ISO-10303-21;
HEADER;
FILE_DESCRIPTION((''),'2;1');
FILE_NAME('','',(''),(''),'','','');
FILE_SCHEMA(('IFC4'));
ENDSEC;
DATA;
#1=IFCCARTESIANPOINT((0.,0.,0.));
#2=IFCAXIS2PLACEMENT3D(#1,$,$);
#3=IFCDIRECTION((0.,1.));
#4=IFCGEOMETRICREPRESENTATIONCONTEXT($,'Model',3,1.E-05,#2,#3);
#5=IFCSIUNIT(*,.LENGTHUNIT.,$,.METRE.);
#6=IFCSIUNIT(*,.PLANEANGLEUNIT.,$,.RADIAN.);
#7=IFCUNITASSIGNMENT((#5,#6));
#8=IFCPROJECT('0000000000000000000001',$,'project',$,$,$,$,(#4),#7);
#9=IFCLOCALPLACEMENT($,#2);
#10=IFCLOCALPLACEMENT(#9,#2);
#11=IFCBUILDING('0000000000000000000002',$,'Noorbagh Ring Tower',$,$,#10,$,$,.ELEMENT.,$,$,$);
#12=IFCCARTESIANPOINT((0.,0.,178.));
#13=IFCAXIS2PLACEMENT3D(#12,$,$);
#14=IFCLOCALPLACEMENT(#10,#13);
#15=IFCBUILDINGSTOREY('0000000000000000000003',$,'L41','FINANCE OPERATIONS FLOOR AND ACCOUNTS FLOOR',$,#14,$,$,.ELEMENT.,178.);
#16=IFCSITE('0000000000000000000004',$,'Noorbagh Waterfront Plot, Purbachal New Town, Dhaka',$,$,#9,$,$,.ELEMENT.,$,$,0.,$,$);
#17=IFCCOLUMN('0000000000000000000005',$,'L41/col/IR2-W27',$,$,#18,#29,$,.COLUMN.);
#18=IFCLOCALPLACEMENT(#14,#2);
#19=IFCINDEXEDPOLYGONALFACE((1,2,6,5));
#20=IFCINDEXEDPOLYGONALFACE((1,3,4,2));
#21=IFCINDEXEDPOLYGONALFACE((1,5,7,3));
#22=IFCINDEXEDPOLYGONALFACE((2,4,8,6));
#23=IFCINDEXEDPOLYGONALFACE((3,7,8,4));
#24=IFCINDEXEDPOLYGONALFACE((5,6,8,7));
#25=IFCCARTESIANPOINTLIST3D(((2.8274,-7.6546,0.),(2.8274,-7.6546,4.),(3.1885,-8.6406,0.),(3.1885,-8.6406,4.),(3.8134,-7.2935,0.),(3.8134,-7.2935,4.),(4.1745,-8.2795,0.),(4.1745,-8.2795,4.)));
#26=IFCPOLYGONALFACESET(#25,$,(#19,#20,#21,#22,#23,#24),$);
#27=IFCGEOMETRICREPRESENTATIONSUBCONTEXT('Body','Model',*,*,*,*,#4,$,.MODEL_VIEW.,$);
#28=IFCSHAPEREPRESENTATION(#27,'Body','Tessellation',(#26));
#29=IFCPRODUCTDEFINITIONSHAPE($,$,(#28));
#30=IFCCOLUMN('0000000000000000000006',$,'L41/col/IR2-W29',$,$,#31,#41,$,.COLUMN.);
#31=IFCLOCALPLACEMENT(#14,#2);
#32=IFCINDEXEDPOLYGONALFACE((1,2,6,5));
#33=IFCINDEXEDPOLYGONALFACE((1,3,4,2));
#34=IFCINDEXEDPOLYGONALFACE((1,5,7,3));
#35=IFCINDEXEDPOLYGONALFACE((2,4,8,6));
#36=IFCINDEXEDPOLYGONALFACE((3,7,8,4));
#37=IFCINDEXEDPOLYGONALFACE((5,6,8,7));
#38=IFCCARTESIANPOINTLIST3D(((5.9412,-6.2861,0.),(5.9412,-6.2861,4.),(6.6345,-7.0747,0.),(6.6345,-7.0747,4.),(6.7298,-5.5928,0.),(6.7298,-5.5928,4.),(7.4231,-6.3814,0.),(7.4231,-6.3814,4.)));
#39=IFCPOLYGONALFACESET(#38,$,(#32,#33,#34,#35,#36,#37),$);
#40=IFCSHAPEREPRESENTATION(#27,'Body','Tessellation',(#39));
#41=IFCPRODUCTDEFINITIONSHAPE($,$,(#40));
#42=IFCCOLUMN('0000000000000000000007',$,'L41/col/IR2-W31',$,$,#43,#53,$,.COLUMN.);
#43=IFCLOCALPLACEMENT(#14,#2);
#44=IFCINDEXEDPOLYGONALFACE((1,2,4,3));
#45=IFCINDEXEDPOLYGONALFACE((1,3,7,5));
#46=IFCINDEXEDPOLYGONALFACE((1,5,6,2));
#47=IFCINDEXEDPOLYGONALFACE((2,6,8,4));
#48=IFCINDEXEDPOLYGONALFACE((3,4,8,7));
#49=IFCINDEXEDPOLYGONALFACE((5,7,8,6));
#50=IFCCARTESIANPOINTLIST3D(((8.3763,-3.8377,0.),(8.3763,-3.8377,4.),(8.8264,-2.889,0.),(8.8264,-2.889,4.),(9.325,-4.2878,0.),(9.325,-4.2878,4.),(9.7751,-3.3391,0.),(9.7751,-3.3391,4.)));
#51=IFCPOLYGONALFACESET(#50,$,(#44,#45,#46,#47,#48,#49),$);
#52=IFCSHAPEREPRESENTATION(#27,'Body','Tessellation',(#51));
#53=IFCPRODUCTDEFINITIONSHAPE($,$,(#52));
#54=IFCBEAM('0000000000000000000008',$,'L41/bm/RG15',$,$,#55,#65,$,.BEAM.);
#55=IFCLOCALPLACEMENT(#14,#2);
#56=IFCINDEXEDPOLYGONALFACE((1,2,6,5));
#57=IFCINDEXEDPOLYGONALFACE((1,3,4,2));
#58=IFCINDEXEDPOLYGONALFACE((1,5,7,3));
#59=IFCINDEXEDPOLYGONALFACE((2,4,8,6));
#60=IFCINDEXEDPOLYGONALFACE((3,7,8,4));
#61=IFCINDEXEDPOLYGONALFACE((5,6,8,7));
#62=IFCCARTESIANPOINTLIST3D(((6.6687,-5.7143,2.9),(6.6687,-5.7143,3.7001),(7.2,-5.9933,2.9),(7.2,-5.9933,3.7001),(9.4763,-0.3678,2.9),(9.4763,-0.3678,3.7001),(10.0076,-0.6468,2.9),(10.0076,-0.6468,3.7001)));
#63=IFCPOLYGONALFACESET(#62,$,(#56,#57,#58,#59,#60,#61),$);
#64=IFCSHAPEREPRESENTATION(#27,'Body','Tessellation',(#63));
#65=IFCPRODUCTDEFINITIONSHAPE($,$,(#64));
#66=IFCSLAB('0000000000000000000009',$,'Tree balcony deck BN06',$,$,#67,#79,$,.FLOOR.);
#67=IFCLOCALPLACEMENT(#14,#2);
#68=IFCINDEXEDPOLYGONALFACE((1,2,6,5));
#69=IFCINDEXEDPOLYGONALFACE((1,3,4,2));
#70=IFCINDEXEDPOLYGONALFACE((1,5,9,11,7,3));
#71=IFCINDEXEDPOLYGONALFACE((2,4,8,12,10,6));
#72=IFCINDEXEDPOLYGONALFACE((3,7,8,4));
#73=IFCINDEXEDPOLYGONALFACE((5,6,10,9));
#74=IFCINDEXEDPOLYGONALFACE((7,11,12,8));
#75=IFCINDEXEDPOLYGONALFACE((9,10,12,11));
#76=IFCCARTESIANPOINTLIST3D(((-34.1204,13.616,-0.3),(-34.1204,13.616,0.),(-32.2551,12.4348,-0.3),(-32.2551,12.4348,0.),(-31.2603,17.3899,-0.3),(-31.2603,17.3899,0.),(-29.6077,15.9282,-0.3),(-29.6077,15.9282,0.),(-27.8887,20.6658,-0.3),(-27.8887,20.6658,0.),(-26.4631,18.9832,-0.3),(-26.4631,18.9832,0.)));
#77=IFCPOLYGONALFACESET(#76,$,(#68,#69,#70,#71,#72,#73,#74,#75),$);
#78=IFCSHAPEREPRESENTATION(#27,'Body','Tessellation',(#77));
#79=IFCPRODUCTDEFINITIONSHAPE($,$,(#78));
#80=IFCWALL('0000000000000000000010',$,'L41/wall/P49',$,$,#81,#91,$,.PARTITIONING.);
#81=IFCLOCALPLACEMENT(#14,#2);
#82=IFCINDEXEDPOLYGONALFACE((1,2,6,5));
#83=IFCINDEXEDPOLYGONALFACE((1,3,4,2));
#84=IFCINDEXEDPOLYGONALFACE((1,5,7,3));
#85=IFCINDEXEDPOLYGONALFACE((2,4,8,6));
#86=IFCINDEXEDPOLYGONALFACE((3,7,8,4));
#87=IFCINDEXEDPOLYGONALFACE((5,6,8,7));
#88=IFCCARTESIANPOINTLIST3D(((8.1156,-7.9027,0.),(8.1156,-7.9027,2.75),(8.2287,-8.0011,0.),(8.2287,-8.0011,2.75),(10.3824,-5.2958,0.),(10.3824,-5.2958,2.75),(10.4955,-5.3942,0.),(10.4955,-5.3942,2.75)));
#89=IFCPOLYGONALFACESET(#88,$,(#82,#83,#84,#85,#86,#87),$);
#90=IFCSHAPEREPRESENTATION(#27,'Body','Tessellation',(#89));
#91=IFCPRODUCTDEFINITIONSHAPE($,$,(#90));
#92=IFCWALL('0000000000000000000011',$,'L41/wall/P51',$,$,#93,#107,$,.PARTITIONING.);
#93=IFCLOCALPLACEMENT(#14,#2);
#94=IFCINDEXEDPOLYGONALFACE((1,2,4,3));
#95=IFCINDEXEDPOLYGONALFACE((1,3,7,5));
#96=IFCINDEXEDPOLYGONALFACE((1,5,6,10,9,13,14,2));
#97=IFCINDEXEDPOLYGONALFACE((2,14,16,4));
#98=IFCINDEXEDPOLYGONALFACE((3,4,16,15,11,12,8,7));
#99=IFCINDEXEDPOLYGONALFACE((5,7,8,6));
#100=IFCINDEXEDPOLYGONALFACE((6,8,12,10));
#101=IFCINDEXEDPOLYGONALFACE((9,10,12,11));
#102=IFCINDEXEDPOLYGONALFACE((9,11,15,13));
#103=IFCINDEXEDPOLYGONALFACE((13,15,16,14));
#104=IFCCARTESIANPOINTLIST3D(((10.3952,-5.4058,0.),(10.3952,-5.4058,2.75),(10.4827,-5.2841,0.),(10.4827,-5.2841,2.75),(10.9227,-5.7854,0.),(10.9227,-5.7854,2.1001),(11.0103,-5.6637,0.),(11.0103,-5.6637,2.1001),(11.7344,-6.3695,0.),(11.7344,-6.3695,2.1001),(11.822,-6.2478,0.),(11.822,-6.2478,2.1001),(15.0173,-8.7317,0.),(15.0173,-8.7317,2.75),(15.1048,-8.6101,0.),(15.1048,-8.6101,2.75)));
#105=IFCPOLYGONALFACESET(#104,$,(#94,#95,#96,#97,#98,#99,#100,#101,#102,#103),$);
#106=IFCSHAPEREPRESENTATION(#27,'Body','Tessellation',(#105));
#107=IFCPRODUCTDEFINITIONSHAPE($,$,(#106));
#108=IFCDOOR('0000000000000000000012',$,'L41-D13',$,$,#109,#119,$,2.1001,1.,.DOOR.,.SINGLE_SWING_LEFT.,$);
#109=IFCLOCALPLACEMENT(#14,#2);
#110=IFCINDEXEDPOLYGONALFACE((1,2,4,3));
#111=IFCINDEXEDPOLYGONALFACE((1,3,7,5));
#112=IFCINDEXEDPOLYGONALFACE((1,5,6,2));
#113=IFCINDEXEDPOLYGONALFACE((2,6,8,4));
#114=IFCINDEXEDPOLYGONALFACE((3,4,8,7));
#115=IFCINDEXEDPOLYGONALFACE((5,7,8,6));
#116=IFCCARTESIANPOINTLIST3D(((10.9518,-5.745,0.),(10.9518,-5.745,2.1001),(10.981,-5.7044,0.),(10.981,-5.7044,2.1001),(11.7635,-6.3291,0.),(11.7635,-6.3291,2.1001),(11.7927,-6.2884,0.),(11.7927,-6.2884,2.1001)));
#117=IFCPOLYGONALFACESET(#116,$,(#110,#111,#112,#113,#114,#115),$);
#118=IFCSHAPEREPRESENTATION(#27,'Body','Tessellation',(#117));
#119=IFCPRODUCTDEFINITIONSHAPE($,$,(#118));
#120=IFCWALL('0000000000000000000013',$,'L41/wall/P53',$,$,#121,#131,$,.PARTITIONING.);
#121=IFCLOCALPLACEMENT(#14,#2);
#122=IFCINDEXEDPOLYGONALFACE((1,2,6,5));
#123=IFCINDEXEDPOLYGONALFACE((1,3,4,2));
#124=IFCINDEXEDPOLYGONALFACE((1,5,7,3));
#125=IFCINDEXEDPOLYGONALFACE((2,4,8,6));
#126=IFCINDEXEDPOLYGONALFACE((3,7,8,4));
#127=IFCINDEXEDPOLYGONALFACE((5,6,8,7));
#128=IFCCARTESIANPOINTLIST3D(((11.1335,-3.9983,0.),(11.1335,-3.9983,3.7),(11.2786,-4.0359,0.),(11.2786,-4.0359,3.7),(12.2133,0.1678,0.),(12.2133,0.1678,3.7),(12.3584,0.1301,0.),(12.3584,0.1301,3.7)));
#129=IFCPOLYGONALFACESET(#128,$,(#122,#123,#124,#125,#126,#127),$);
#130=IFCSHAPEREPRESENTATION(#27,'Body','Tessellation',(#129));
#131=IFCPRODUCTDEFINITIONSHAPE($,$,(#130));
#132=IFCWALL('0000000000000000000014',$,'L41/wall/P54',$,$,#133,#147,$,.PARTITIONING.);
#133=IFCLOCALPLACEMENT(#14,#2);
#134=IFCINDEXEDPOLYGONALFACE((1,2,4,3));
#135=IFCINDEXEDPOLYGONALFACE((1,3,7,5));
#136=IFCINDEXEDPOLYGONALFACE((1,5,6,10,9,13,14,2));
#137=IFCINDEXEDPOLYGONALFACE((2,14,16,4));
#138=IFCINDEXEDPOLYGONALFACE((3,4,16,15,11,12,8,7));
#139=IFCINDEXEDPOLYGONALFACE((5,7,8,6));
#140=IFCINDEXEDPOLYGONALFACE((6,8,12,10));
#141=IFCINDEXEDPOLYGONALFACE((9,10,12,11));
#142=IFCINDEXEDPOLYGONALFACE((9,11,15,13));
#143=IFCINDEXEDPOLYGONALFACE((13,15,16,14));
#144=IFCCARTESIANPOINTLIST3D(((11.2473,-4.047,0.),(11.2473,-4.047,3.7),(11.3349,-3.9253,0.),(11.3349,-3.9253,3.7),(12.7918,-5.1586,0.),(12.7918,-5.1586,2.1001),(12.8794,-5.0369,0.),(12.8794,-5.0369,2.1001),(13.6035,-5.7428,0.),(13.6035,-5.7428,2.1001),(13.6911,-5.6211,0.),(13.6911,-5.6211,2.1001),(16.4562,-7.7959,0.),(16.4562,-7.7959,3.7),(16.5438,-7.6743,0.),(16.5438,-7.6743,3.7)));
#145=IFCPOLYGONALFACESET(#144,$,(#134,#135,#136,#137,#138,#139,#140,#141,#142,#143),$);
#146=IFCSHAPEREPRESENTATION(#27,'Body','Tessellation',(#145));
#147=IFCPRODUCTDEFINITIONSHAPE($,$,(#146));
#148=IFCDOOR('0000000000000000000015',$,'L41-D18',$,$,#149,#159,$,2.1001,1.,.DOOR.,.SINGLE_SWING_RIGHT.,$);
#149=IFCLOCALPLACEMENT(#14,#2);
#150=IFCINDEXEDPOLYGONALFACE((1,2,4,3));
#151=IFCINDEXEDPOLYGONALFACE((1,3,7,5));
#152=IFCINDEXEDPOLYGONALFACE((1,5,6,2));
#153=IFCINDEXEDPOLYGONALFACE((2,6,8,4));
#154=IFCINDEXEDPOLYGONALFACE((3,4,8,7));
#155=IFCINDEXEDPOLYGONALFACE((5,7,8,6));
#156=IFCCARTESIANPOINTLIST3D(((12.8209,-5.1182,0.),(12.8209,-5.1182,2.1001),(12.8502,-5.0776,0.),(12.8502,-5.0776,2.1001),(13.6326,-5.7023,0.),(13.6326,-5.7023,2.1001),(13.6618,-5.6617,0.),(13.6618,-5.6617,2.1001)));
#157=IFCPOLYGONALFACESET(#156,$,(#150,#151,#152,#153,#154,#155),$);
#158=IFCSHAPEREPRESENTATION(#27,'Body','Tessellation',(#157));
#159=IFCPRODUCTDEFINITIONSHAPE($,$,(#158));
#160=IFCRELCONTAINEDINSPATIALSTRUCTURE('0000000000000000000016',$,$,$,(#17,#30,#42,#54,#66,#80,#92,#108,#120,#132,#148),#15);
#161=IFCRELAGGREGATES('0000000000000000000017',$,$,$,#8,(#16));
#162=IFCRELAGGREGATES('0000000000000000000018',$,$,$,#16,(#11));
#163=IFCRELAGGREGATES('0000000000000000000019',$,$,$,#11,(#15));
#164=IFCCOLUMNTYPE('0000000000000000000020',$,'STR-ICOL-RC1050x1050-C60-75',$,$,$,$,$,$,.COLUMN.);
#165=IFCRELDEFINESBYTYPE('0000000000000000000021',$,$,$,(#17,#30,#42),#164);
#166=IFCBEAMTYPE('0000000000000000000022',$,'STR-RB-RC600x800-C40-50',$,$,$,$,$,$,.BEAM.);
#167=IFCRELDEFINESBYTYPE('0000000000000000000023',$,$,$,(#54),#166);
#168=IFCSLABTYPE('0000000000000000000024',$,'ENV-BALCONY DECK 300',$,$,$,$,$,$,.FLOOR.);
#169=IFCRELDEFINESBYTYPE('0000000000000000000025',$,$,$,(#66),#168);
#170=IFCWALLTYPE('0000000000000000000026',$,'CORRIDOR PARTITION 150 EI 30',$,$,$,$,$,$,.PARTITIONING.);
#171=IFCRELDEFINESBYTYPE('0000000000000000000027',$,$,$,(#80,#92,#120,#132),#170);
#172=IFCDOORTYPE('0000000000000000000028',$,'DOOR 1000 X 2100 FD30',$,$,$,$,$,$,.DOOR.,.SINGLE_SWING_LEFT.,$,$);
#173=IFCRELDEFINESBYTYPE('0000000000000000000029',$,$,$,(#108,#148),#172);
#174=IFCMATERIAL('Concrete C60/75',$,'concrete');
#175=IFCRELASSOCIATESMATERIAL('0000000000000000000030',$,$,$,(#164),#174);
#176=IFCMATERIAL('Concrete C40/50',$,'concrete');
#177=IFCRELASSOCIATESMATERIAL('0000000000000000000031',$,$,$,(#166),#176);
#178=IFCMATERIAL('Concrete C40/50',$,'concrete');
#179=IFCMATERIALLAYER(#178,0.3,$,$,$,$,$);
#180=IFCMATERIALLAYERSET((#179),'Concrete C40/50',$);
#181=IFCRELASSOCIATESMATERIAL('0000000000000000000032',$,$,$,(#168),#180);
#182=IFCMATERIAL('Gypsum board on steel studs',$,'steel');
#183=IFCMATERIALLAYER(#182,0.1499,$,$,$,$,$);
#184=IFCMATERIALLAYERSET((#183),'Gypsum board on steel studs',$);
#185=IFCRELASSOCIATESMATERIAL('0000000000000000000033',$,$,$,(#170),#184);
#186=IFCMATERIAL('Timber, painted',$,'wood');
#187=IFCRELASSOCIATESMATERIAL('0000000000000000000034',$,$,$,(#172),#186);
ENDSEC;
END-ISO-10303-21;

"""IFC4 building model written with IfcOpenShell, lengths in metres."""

from ifc_helpers import new_model, si_unit, direction, frame, frame_2d, origin, origin_2d, place, context, subcontext, project, spatial, polyline, rectangle, outline, extrude, material, layer, layer_set, material_profile, profile_set, type_object, element, fill, save


model = new_model("IFC4")

# Units and contexts
model_context = context("Model", 3, precision=1e-05, world=origin(), true_north=direction((0.0, 1.0)))
body_context = subcontext(model_context, "Body", "Model", "MODEL_VIEW")
ifc_project = project(units=[si_unit("LENGTHUNIT", "METRE"), si_unit("PLANEANGLEUNIT", "RADIAN")], contexts=[model_context])

# Site, building, storey
site_placement = place(None, origin())
site = spatial("IfcSite", under=ifc_project, at=site_placement, Name="Noorbagh Waterfront Plot, Purbachal New Town, Dhaka", CompositionType="ELEMENT", RefElevation=0.0)
building_placement = place(site_placement, origin())
building = spatial("IfcBuilding", under=site, at=building_placement, Name="Noorbagh Ring Tower", CompositionType="ELEMENT")
storey_placement = place(building_placement, frame((0.0, 0.0, 178.0)))
storey = spatial("IfcBuildingStorey", under=building, at=storey_placement, Name="L41", Description="FINANCE OPERATIONS FLOOR AND ACCOUNTS FLOOR", CompositionType="ELEMENT", Elevation=178.0)

# Columns
ifc_material_1 = material(Name="Concrete C60/75", Category="concrete")
ifc_material_profile_1 = material_profile(ifc_material_1, rectangle(XDim=1.05, YDim=1.05, at=origin_2d()), Name="RC1050x1050")
ifc_profile_set_1 = profile_set([ifc_material_profile_1], Name="Concrete C60/75")
column_type = type_object("IfcColumnType", Name="STR-ICOL-RC1050x1050-C60-75", PredefinedType="COLUMN", material=ifc_profile_set_1)
for number, where, z_axis, x_axis, name in (
    (1, (3.501, -7.967, 0.0), (0.0, 0.0, 1.0), (0.93902, 0.343864, 0.0), "L41/col/IR2-W27"),
    (2, (6.6821, -6.3337, 0.0), (0.0, 0.0, 1.0), (0.751022, 0.660277, 0.0), "L41/col/IR2-W29"),
    (3, (9.0757, -3.5884, 0.0), (0.0, 0.0, 1.0), (0.428667, 0.903463, 0.0), "L41/col/IR2-W31"),
):
    element("IfcColumn", number, at=place(storey_placement, frame(where, z_axis=z_axis, x_axis=x_axis)), inside=storey, type_object=column_type, Name=name, PredefinedType="COLUMN", context=body_context, shape_type="SweptSolid", body=[
        extrude(rectangle(XDim=1.05, YDim=1.05, at=origin_2d()), origin(), (0.0, 0.0, 1.0), 4.0),
    ])

# Beam
ifc_material_2 = material(Name="Concrete C40/50", Category="concrete")
ifc_material_profile_2 = material_profile(ifc_material_2, rectangle(XDim=0.6001, YDim=0.8, at=origin_2d()), Name="RC600x800")
ifc_profile_set_2 = profile_set([ifc_material_profile_2], Name="Concrete C40/50")
beam_type = type_object("IfcBeamType", Name="STR-RB-RC600x800-C40-50", PredefinedType="BEAM", material=ifc_profile_set_2)
beam_placement = place(storey_placement, frame((6.9343, -5.8538, 3.3), z_axis=(0.46493, 0.885348, 0.0), x_axis=(-0.885348, 0.46493, 0.0)))
element("IfcBeam", 4, at=beam_placement, inside=storey, type_object=beam_type, Name="L41/bm/RG15", PredefinedType="BEAM", context=body_context, shape_type="SweptSolid", body=[
    extrude(rectangle(XDim=0.6001, YDim=0.8, at=origin_2d()), origin(), (0.0, 0.0, 1.0), 6.0388),
])

# Slab
ifc_material_3 = material(Name="Concrete C40/50", Category="concrete")
ifc_layer_1 = layer(ifc_material_3, 0.3)
ifc_layer_set_1 = layer_set([ifc_layer_1], Name="Concrete C40/50")
slab_type = type_object("IfcSlabType", Name="ENV-BALCONY DECK 300", PredefinedType="FLOOR", material=ifc_layer_set_1)
slab_placement = place(storey_placement, frame((0.0, 0.0, -0.3)))
element("IfcSlab", 5, at=slab_placement, inside=storey, type_object=slab_type, Name="Tree balcony deck BN06", PredefinedType="FLOOR", context=body_context, shape_type="SweptSolid", body=[
    extrude(outline(polyline([(-27.8887, 20.6658), (-31.2603, 17.3899), (-34.1204, 13.616), (-32.2551, 12.4348), (-29.6077, 15.9282), (-26.4631, 18.9832), (-27.8887, 20.6658)])), origin(), (0.0, 0.0, 1.0), 0.3),
])

# Wall
ifc_material_4 = material(Name="Gypsum board on steel studs", Category="steel")
ifc_layer_2 = layer(ifc_material_4, 0.1499)
ifc_layer_set_2 = layer_set([ifc_layer_2], Name="Gypsum board on steel studs")
wall_type = type_object("IfcWallType", Name="CORRIDOR PARTITION 150 EI 30", PredefinedType="PARTITIONING", material=ifc_layer_set_2)
wall_1_placement = place(storey_placement, frame((8.1721, -7.9519, 0.0), z_axis=(0.0, 0.0, 1.0), x_axis=(0.65617, 0.754613, 0.0)))
element("IfcWall", 6, at=wall_1_placement, inside=storey, type_object=wall_type, Name="L41/wall/P49", PredefinedType="PARTITIONING", context=body_context, shape_type="SweptSolid", body=[
    extrude(rectangle(XDim=3.4546, YDim=0.1499, at=frame_2d((1.7273, 0.0))), origin(), (0.0, 0.0, 1.0), 2.75),
])

# Wall, opening, door
wall_2_placement = place(storey_placement, frame((10.439, -5.345, 0.0), z_axis=(0.0, 0.0, 1.0), x_axis=(0.811698, -0.584078, 0.0)))
wall_2 = element("IfcWall", 7, at=wall_2_placement, inside=storey, type_object=wall_type, Name="L41/wall/P51", PredefinedType="PARTITIONING", context=body_context, shape_type="SweptSolid", body=[
    extrude(rectangle(XDim=5.6943, YDim=0.1499, at=frame_2d((2.8472, 0.0))), origin(), (0.0, 0.0, 1.0), 2.75),
])
opening_1_placement = place(wall_2_placement, frame((0.6499, 0.0, 0.0)))
opening_1 = element("IfcOpeningElement", 8, at=opening_1_placement, cuts=wall_2, PredefinedType="OPENING", context=body_context, shape_type="SweptSolid", body=[
    extrude(rectangle(XDim=1.0, YDim=2.1001, at=frame_2d((0.5, 1.05))), frame((0.0, 0.085, 0.0), z_axis=(0.0, -1.0, 0.0), x_axis=(1.0, 0.0, 0.0)), (0.0, 0.0, 1.0), 0.1699),
])
ifc_material_5 = material(Name="Timber, painted", Category="wood")
door_type = type_object("IfcDoorType", Name="DOOR 1000 X 2100 FD30", OperationType="SINGLE_SWING_LEFT", PredefinedType="DOOR", material=ifc_material_5)
door_1_placement = place(opening_1_placement, origin())
door_1 = element("IfcDoor", 9, at=door_1_placement, inside=storey, type_object=door_type, Name="L41-D13", OperationType="SINGLE_SWING_LEFT", OverallHeight=2.1001, OverallWidth=1.0, PredefinedType="DOOR", context=body_context, shape_type="SweptSolid", body=[
    extrude(rectangle(XDim=1.0, YDim=2.1001, at=frame_2d((0.5, 1.05))), frame((0.0, 0.0249, 0.0), z_axis=(0.0, -1.0, 0.0), x_axis=(1.0, 0.0, 0.0)), (0.0, 0.0, 1.0), 0.05),
])
fill(opening_1, door_1)

# Wall
wall_3_placement = place(storey_placement, frame((11.2061, -4.0171, 0.0), z_axis=(0.0, 0.0, 1.0), x_axis=(0.250909, 0.968011, 0.0)))
element("IfcWall", 10, at=wall_3_placement, inside=storey, type_object=wall_type, Name="L41/wall/P53", PredefinedType="PARTITIONING", context=body_context, shape_type="SweptSolid", body=[
    extrude(rectangle(XDim=4.3037, YDim=0.1499, at=frame_2d((2.1519, 0.0))), origin(), (0.0, 0.0, 1.0), 3.7),
])

# Wall, opening, door
wall_4_placement = place(storey_placement, frame((11.291, -3.9861, 0.0), z_axis=(0.0, 0.0, 1.0), x_axis=(0.811641, -0.584156, 0.0)))
wall_4 = element("IfcWall", 11, at=wall_4_placement, inside=storey, type_object=wall_type, Name="L41/wall/P54", PredefinedType="PARTITIONING", context=body_context, shape_type="SweptSolid", body=[
    extrude(rectangle(XDim=6.4177, YDim=0.1499, at=frame_2d((3.209, 0.0))), origin(), (0.0, 0.0, 1.0), 3.7),
])
opening_2_placement = place(wall_4_placement, frame((1.9031, 0.0, 0.0)))
opening_2 = element("IfcOpeningElement", 12, at=opening_2_placement, cuts=wall_4, PredefinedType="OPENING", context=body_context, shape_type="SweptSolid", body=[
    extrude(rectangle(XDim=1.0, YDim=2.1001, at=frame_2d((0.5, 1.05))), frame((0.0, 0.085, 0.0), z_axis=(0.0, -1.0, 0.0), x_axis=(1.0, 0.0, 0.0)), (0.0, 0.0, 1.0), 0.1699),
])
door_2_placement = place(opening_2_placement, origin())
door_2 = element("IfcDoor", 13, at=door_2_placement, inside=storey, type_object=door_type, Name="L41-D18", OperationType="SINGLE_SWING_RIGHT", OverallHeight=2.1001, OverallWidth=1.0, PredefinedType="DOOR", context=body_context, shape_type="SweptSolid", body=[
    extrude(rectangle(XDim=1.0, YDim=2.1001, at=frame_2d((0.5, 1.05))), frame((0.0, 0.0249, 0.0), z_axis=(0.0, -1.0, 0.0), x_axis=(1.0, 0.0, 0.0)), (0.0, 0.0, 1.0), 0.05),
])
fill(opening_2, door_2)

save(model, "model.ifc")
